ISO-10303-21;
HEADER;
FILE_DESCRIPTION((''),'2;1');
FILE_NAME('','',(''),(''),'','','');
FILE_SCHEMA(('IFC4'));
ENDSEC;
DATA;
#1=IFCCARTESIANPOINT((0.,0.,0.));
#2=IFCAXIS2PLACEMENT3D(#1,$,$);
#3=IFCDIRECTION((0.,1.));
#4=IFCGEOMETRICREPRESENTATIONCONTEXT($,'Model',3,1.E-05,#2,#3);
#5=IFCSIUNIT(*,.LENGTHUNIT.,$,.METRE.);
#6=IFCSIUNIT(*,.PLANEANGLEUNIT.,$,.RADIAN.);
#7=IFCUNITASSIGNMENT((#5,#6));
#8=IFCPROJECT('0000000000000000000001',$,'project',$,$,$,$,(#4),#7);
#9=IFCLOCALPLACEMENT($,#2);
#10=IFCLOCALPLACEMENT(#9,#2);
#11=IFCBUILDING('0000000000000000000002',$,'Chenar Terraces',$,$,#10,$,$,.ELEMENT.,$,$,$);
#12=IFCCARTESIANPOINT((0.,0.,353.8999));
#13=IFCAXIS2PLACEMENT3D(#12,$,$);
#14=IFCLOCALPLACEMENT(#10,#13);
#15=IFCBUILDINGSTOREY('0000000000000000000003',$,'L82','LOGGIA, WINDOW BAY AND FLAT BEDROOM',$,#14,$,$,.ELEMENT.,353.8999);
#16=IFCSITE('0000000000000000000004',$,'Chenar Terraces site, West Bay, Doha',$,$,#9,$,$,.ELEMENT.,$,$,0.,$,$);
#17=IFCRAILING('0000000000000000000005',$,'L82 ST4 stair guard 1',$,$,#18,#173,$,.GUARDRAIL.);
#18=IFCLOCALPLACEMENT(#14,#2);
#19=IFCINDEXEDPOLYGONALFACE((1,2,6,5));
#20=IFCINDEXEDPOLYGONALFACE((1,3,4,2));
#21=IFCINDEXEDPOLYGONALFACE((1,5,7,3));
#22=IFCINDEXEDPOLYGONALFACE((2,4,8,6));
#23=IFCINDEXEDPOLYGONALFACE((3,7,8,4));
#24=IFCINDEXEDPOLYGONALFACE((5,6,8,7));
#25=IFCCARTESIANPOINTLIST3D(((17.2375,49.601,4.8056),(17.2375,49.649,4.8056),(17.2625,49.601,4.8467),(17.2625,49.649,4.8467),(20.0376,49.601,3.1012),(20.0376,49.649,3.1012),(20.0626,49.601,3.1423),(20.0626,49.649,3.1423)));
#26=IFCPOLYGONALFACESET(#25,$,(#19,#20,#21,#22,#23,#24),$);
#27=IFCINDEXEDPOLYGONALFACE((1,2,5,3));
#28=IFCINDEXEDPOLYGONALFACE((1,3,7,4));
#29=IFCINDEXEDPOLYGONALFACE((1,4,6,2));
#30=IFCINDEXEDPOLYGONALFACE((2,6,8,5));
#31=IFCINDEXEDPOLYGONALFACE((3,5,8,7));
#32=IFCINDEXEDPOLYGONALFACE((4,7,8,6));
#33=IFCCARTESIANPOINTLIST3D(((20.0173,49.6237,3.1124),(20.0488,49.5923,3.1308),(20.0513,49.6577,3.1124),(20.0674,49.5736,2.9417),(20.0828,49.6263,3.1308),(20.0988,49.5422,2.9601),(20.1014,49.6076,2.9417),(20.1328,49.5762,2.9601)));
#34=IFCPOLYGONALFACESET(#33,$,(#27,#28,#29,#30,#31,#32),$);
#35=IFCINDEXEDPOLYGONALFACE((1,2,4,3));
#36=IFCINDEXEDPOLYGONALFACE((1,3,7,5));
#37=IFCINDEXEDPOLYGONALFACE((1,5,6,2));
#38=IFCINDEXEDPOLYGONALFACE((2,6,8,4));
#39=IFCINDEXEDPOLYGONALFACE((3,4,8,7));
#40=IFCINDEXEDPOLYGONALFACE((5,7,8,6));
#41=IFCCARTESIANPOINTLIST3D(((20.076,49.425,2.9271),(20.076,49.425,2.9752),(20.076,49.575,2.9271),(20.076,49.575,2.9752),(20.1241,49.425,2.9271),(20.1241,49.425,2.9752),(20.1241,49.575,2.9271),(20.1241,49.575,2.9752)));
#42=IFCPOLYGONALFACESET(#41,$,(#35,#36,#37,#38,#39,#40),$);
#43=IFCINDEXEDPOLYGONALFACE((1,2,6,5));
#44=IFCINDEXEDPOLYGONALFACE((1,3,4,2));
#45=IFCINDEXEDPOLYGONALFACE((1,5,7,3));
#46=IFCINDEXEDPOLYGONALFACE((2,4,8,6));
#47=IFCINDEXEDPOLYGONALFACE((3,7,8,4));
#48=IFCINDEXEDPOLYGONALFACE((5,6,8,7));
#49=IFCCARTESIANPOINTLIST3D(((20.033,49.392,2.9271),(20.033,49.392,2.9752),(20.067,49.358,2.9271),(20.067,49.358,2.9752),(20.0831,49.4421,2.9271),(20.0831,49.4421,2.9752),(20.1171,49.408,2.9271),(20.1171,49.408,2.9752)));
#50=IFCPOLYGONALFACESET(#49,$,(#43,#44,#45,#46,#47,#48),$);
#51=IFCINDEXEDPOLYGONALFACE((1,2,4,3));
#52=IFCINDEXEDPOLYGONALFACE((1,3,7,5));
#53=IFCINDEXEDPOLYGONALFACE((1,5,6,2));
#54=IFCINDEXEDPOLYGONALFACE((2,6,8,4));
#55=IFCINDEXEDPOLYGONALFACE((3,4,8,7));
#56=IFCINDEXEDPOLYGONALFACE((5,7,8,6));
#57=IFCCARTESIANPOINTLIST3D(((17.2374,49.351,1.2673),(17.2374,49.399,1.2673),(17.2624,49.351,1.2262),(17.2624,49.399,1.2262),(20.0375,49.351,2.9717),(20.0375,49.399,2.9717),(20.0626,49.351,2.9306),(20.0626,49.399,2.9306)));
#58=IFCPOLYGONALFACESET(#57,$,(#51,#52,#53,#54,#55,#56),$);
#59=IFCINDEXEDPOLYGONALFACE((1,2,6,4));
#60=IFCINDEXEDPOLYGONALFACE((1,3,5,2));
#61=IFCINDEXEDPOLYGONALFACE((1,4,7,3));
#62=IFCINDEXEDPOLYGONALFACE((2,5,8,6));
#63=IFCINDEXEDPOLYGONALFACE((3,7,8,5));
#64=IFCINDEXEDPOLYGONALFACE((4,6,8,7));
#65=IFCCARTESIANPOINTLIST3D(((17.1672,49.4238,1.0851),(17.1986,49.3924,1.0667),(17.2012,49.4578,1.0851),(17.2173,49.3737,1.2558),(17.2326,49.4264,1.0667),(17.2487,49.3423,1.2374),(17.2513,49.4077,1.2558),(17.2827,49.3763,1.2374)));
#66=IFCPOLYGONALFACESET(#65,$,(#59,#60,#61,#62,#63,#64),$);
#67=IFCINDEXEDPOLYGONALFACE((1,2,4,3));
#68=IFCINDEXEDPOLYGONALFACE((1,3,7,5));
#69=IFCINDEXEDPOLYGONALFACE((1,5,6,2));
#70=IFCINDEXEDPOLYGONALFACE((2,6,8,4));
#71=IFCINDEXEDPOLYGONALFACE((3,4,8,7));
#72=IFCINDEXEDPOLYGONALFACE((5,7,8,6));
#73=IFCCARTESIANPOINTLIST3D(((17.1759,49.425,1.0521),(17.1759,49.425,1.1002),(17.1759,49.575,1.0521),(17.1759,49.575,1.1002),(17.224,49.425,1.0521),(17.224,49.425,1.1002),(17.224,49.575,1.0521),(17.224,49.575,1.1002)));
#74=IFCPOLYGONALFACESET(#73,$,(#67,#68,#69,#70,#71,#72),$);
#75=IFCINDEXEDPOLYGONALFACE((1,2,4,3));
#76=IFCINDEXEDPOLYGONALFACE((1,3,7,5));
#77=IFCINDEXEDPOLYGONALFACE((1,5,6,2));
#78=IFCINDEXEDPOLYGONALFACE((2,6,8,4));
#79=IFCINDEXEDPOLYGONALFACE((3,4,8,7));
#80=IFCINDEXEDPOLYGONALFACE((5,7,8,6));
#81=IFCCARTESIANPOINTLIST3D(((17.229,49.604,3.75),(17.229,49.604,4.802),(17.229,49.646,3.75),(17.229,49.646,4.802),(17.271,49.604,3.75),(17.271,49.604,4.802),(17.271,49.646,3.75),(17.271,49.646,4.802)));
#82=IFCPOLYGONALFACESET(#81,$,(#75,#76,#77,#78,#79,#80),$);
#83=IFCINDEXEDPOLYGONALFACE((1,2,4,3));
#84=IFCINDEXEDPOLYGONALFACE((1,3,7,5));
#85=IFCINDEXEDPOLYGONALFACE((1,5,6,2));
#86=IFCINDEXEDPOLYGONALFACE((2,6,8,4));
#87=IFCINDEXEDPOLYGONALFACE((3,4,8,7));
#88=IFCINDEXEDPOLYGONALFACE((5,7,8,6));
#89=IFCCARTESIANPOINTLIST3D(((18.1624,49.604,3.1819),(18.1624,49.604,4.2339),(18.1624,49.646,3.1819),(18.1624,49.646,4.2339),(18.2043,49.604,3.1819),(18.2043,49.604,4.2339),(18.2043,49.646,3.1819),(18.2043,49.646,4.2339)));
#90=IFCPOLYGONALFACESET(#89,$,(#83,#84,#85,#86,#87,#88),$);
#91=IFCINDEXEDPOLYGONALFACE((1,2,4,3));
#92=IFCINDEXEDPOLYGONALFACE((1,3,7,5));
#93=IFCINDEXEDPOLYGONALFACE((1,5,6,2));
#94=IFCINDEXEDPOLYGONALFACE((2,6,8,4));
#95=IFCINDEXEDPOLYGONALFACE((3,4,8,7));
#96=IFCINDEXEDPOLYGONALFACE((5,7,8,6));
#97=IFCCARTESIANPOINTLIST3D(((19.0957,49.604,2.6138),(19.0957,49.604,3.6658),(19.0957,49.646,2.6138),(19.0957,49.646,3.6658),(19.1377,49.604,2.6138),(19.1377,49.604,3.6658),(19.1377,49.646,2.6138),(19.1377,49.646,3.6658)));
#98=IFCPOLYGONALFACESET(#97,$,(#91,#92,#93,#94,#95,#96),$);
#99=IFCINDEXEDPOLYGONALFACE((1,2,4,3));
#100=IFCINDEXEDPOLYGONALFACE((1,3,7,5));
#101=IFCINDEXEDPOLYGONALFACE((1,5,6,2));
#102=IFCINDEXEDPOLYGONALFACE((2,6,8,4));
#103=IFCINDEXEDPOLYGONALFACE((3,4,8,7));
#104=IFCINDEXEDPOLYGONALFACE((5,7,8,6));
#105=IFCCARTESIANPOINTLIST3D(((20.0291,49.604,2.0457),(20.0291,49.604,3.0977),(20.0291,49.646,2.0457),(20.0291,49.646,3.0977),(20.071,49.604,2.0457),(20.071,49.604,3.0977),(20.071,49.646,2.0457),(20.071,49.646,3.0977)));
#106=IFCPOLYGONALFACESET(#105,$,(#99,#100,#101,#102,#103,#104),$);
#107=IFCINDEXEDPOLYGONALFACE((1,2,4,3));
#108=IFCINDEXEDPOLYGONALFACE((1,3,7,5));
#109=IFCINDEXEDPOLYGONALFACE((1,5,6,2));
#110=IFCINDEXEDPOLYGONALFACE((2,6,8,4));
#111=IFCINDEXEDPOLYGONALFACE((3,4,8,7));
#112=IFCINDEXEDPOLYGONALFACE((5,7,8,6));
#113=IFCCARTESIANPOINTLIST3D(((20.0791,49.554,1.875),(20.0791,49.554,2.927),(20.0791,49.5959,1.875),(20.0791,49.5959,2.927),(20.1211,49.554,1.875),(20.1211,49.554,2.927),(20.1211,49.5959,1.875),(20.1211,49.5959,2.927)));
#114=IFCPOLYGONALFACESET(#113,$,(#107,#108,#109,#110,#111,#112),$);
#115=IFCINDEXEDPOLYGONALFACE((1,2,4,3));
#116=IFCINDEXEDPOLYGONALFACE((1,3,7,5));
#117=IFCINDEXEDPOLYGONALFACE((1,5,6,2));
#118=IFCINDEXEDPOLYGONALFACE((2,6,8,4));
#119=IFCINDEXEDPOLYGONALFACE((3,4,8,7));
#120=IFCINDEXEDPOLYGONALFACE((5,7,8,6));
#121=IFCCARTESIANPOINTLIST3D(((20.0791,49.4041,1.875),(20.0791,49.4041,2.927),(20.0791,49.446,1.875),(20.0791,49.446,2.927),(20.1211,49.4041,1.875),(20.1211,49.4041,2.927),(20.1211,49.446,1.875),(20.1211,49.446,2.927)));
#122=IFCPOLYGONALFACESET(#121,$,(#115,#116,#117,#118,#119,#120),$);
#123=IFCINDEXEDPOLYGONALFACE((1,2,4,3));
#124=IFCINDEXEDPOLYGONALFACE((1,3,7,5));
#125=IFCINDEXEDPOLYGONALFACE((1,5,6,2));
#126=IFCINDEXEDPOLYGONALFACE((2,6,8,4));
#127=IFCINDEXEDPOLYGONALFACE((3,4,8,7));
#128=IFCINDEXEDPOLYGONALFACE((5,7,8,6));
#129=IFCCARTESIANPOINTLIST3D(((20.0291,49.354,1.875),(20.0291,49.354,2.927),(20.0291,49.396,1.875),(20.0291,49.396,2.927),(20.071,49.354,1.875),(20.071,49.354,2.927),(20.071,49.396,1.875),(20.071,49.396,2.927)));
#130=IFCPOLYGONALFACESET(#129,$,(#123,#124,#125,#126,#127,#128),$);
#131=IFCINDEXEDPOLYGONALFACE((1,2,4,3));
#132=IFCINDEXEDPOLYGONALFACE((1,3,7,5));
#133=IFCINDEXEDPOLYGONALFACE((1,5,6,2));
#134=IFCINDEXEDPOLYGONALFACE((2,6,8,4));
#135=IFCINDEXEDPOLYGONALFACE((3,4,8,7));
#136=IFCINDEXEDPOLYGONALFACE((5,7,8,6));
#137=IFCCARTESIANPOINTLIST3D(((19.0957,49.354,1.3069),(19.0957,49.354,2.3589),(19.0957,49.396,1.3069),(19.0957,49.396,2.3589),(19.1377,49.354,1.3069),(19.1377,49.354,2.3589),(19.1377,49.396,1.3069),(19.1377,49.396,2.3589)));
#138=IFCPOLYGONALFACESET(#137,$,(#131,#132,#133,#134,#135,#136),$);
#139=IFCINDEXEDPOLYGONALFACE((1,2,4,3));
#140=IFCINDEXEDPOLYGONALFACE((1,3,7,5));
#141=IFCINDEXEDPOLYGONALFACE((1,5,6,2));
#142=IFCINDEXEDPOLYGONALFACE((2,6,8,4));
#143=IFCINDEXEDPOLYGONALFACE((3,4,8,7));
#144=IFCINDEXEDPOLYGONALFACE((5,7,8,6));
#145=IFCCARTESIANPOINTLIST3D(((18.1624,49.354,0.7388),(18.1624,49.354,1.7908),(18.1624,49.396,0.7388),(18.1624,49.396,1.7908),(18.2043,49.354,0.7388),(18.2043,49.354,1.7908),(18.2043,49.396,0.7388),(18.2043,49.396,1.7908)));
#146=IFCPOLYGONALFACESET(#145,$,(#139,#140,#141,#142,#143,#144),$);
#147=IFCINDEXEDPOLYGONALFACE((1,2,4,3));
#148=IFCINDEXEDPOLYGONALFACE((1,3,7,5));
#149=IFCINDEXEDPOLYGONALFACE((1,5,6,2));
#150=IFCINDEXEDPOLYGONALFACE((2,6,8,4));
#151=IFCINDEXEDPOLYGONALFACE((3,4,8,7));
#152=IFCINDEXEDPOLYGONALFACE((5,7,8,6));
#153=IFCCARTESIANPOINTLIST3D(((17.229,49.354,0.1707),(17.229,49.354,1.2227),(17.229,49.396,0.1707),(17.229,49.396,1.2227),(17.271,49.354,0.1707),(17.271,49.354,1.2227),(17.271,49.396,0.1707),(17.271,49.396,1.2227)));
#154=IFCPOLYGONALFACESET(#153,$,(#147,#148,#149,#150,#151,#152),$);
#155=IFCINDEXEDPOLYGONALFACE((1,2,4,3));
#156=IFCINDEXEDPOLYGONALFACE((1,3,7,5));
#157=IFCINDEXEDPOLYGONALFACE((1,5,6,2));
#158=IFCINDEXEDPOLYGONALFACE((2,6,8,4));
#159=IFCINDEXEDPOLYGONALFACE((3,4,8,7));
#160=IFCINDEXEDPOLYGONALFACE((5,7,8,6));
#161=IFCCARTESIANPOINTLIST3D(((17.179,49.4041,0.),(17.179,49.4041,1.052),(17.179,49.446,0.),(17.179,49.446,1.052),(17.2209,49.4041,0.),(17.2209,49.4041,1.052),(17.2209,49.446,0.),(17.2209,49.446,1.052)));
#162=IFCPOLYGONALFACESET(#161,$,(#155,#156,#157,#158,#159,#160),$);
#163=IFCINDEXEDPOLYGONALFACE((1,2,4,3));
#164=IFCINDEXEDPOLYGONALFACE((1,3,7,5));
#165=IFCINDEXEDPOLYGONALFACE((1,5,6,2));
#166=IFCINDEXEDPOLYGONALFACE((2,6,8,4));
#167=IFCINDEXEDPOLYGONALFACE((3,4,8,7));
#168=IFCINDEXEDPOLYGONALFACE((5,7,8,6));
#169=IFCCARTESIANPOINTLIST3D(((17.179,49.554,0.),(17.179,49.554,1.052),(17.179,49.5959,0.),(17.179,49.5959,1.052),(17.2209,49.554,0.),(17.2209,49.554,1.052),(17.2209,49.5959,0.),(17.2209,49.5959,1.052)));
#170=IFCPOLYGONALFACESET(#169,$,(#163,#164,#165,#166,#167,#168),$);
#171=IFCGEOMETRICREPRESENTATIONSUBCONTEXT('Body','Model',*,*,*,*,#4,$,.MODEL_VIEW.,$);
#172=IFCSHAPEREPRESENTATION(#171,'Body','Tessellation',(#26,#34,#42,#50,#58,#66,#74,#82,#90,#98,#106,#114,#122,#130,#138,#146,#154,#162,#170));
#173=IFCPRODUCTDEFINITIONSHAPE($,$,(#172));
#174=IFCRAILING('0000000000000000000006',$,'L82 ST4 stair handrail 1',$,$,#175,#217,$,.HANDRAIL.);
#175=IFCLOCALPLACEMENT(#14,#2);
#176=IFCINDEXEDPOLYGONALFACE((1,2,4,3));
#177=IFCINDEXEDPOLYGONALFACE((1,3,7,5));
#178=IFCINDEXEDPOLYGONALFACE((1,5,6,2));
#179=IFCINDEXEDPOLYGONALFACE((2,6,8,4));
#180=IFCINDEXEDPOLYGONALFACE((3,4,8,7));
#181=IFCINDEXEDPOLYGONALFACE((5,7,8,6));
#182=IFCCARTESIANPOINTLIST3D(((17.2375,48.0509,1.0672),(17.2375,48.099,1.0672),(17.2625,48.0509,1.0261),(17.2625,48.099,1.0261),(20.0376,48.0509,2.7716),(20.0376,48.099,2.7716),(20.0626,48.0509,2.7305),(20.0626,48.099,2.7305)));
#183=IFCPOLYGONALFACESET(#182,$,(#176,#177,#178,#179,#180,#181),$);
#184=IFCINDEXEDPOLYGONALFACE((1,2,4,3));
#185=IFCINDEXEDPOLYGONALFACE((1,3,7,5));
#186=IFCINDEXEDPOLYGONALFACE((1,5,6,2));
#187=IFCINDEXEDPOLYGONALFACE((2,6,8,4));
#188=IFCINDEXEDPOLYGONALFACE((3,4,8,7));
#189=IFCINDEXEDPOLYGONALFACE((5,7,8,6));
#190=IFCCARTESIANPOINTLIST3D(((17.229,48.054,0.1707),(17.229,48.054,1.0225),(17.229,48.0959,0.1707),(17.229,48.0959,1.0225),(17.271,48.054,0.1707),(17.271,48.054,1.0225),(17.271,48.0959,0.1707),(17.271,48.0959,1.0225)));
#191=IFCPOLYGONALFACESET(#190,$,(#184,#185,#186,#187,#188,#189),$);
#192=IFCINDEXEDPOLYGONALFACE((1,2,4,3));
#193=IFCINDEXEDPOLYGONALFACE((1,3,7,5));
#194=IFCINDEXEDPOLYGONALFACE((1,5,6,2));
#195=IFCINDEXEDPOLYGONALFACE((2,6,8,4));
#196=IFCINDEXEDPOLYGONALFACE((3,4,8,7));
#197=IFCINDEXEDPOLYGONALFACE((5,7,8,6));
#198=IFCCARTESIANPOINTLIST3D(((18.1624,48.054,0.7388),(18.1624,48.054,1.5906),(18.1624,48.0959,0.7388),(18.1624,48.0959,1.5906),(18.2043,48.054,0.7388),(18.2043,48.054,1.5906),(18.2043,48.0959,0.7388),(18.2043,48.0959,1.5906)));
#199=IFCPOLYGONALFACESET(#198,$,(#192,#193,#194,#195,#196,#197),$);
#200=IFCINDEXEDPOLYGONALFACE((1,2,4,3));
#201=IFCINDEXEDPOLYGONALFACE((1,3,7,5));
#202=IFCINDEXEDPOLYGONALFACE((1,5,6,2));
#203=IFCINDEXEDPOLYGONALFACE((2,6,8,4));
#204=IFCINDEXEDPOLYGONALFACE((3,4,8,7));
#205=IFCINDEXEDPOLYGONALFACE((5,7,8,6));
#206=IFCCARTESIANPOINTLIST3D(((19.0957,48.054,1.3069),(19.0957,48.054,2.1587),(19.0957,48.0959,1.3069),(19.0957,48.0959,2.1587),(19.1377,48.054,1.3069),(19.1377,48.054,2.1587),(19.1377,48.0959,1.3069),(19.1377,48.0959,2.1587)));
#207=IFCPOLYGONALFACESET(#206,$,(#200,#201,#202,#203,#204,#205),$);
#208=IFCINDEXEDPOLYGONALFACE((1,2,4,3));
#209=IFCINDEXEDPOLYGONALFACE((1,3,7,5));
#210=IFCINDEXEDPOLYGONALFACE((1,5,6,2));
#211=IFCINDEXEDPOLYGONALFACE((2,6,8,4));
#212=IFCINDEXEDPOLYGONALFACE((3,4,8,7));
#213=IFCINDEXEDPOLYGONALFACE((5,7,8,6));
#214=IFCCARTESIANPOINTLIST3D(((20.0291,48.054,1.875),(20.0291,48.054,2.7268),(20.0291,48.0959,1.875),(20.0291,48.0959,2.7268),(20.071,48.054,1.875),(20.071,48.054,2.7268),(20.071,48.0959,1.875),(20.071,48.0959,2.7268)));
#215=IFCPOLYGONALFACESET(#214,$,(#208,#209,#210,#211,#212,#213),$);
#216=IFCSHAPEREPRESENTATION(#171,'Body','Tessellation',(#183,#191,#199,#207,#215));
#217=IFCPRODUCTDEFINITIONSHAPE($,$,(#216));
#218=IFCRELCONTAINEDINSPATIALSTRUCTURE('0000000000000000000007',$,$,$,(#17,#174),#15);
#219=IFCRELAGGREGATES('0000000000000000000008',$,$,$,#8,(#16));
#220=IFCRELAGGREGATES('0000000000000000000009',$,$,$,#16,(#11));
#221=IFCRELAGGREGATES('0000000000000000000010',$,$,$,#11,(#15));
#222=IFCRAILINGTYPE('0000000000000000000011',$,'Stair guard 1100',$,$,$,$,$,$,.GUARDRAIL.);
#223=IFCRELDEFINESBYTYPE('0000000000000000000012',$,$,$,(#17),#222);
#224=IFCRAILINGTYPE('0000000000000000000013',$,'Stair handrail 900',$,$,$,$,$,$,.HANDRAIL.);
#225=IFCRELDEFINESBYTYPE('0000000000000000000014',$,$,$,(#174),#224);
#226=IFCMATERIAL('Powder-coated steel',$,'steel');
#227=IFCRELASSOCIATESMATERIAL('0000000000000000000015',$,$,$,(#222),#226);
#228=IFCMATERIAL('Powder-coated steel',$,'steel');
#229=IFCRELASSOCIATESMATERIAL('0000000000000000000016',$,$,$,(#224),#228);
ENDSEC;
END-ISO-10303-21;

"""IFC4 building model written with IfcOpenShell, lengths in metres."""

from ifc_helpers import new_model, si_unit, direction, frame, origin, origin_2d, place, context, subcontext, project, spatial, rectangle, extrude, material, type_object, element, save


model = new_model("IFC4")

# Units and contexts
model_context = context("Model", 3, precision=1e-05, world=origin(), true_north=direction((0.0, 1.0)))
body_context = subcontext(model_context, "Body", "Model", "MODEL_VIEW")
ifc_project = project(units=[si_unit("LENGTHUNIT", "METRE"), si_unit("PLANEANGLEUNIT", "RADIAN")], contexts=[model_context])

# Site, building, storey
site_placement = place(None, origin())
site = spatial("IfcSite", under=ifc_project, at=site_placement, Name="Chenar Terraces site, West Bay, Doha", CompositionType="ELEMENT", RefElevation=0.0)
building_placement = place(site_placement, origin())
building = spatial("IfcBuilding", under=site, at=building_placement, Name="Chenar Terraces", CompositionType="ELEMENT")
storey_placement = place(building_placement, frame((0.0, 0.0, 353.8999)))
storey = spatial("IfcBuildingStorey", under=building, at=storey_placement, Name="L82", Description="LOGGIA, WINDOW BAY AND FLAT BEDROOM", CompositionType="ELEMENT", Elevation=353.8999)

# Railings
ifc_material_1 = material(Name="Powder-coated steel", Category="steel")
railing_type_1 = type_object("IfcRailingType", Name="Stair guard 1100", PredefinedType="GUARDRAIL", material=ifc_material_1)
railing_1_placement = place(storey_placement, frame((17.25, 49.625, 3.75)))
element("IfcRailing", 1, at=railing_1_placement, inside=storey, type_object=railing_type_1, Name="L82 ST4 stair guard 1", PredefinedType="GUARDRAIL", context=body_context, shape_type="SweptSolid", body=[
    extrude(rectangle(XDim=0.0481, YDim=0.0481, at=origin_2d()), frame((0.0, 0.0, 1.0762), z_axis=(0.854203, 0.0, -0.51994), x_axis=(0.0, 1.0, 0.0)), (0.0, 0.0, 1.0), 3.2781),
    extrude(rectangle(XDim=0.0481, YDim=0.0481, at=origin_2d()), frame((2.8, 0.0, -0.6284), z_axis=(0.2709, -0.2709, -0.923703), x_axis=(0.707107, 0.707107, 0.0)), (0.0, 0.0, 1.0), 0.1848),
    extrude(rectangle(XDim=0.0481, YDim=0.0481, at=origin_2d()), frame((2.8501, -0.05, -0.7988), z_axis=(0.0, -1.0, 0.0), x_axis=(1.0, 0.0, 0.0)), (0.0, 0.0, 1.0), 0.1499),
    extrude(rectangle(XDim=0.0481, YDim=0.0481, at=origin_2d()), frame((2.8501, -0.2, -0.7988), z_axis=(-0.707107, -0.707107, 0.0), x_axis=(0.707107, -0.707107, 0.0)), (0.0, 0.0, 1.0), 0.0708),
    extrude(rectangle(XDim=0.0481, YDim=0.0481, at=origin_2d()), frame((2.8, -0.25, -0.7988), z_axis=(-0.854203, 0.0, -0.51994), x_axis=(0.0, -1.0, 0.0)), (0.0, 0.0, 1.0), 3.2781),
    extrude(rectangle(XDim=0.0481, YDim=0.0481, at=origin_2d()), frame((0.0, -0.25, -2.5034), z_axis=(-0.2709, 0.2709, -0.923703), x_axis=(-0.707107, -0.707107, 0.0)), (0.0, 0.0, 1.0), 0.1848),
    extrude(rectangle(XDim=0.0481, YDim=0.0481, at=origin_2d()), frame((-0.05, -0.2, -2.6738), z_axis=(0.0, 1.0, 0.0), x_axis=(-1.0, 0.0, 0.0)), (0.0, 0.0, 1.0), 0.1499),
    extrude(rectangle(XDim=0.042, YDim=0.042, at=origin_2d()), origin(), (0.0, 0.0, 1.0), 1.052),
    extrude(rectangle(XDim=0.042, YDim=0.042, at=origin_2d()), frame((0.9333, 0.0, -0.5681)), (0.0, 0.0, 1.0), 1.052),
    extrude(rectangle(XDim=0.042, YDim=0.042, at=origin_2d()), frame((1.8667, 0.0, -1.1362)), (0.0, 0.0, 1.0), 1.052),
    extrude(rectangle(XDim=0.042, YDim=0.042, at=origin_2d()), frame((2.8, 0.0, -1.7043)), (0.0, 0.0, 1.0), 1.052),
    extrude(rectangle(XDim=0.042, YDim=0.042, at=origin_2d()), frame((2.8501, -0.05, -1.875)), (0.0, 0.0, 1.0), 1.052),
    extrude(rectangle(XDim=0.042, YDim=0.042, at=origin_2d()), frame((2.8501, -0.2, -1.875)), (0.0, 0.0, 1.0), 1.052),
    extrude(rectangle(XDim=0.042, YDim=0.042, at=origin_2d()), frame((2.8, -0.25, -1.875)), (0.0, 0.0, 1.0), 1.052),
    extrude(rectangle(XDim=0.042, YDim=0.042, at=origin_2d()), frame((1.8667, -0.25, -2.4431)), (0.0, 0.0, 1.0), 1.052),
    extrude(rectangle(XDim=0.042, YDim=0.042, at=origin_2d()), frame((0.9333, -0.25, -3.0112)), (0.0, 0.0, 1.0), 1.052),
    extrude(rectangle(XDim=0.042, YDim=0.042, at=origin_2d()), frame((0.0, -0.25, -3.5793)), (0.0, 0.0, 1.0), 1.052),
    extrude(rectangle(XDim=0.042, YDim=0.042, at=origin_2d()), frame((-0.05, -0.2, -3.75)), (0.0, 0.0, 1.0), 1.052),
    extrude(rectangle(XDim=0.042, YDim=0.042, at=origin_2d()), frame((-0.05, -0.05, -3.75)), (0.0, 0.0, 1.0), 1.052),
])
ifc_material_2 = material(Name="Powder-coated steel", Category="steel")
railing_type_2 = type_object("IfcRailingType", Name="Stair handrail 900", PredefinedType="HANDRAIL", material=ifc_material_2)
railing_2_placement = place(storey_placement, frame((17.25, 48.075, 0.1707)))
element("IfcRailing", 2, at=railing_2_placement, inside=storey, type_object=railing_type_2, Name="L82 ST4 stair handrail 1", PredefinedType="HANDRAIL", context=body_context, shape_type="SweptSolid", body=[
    extrude(rectangle(XDim=0.0481, YDim=0.0481, at=origin_2d()), frame((0.0, 0.0, 0.876), z_axis=(0.854203, 0.0, 0.51994), x_axis=(0.0, 1.0, 0.0)), (0.0, 0.0, 1.0), 3.2781),
    extrude(rectangle(XDim=0.042, YDim=0.042, at=origin_2d()), origin(), (0.0, 0.0, 1.0), 0.8518),
    extrude(rectangle(XDim=0.042, YDim=0.042, at=origin_2d()), frame((0.9333, 0.0, 0.5681)), (0.0, 0.0, 1.0), 0.8518),
    extrude(rectangle(XDim=0.042, YDim=0.042, at=origin_2d()), frame((1.8667, 0.0, 1.1362)), (0.0, 0.0, 1.0), 0.8518),
    extrude(rectangle(XDim=0.042, YDim=0.042, at=origin_2d()), frame((2.8, 0.0, 1.7043)), (0.0, 0.0, 1.0), 0.8518),
])

save(model, "model.ifc")
